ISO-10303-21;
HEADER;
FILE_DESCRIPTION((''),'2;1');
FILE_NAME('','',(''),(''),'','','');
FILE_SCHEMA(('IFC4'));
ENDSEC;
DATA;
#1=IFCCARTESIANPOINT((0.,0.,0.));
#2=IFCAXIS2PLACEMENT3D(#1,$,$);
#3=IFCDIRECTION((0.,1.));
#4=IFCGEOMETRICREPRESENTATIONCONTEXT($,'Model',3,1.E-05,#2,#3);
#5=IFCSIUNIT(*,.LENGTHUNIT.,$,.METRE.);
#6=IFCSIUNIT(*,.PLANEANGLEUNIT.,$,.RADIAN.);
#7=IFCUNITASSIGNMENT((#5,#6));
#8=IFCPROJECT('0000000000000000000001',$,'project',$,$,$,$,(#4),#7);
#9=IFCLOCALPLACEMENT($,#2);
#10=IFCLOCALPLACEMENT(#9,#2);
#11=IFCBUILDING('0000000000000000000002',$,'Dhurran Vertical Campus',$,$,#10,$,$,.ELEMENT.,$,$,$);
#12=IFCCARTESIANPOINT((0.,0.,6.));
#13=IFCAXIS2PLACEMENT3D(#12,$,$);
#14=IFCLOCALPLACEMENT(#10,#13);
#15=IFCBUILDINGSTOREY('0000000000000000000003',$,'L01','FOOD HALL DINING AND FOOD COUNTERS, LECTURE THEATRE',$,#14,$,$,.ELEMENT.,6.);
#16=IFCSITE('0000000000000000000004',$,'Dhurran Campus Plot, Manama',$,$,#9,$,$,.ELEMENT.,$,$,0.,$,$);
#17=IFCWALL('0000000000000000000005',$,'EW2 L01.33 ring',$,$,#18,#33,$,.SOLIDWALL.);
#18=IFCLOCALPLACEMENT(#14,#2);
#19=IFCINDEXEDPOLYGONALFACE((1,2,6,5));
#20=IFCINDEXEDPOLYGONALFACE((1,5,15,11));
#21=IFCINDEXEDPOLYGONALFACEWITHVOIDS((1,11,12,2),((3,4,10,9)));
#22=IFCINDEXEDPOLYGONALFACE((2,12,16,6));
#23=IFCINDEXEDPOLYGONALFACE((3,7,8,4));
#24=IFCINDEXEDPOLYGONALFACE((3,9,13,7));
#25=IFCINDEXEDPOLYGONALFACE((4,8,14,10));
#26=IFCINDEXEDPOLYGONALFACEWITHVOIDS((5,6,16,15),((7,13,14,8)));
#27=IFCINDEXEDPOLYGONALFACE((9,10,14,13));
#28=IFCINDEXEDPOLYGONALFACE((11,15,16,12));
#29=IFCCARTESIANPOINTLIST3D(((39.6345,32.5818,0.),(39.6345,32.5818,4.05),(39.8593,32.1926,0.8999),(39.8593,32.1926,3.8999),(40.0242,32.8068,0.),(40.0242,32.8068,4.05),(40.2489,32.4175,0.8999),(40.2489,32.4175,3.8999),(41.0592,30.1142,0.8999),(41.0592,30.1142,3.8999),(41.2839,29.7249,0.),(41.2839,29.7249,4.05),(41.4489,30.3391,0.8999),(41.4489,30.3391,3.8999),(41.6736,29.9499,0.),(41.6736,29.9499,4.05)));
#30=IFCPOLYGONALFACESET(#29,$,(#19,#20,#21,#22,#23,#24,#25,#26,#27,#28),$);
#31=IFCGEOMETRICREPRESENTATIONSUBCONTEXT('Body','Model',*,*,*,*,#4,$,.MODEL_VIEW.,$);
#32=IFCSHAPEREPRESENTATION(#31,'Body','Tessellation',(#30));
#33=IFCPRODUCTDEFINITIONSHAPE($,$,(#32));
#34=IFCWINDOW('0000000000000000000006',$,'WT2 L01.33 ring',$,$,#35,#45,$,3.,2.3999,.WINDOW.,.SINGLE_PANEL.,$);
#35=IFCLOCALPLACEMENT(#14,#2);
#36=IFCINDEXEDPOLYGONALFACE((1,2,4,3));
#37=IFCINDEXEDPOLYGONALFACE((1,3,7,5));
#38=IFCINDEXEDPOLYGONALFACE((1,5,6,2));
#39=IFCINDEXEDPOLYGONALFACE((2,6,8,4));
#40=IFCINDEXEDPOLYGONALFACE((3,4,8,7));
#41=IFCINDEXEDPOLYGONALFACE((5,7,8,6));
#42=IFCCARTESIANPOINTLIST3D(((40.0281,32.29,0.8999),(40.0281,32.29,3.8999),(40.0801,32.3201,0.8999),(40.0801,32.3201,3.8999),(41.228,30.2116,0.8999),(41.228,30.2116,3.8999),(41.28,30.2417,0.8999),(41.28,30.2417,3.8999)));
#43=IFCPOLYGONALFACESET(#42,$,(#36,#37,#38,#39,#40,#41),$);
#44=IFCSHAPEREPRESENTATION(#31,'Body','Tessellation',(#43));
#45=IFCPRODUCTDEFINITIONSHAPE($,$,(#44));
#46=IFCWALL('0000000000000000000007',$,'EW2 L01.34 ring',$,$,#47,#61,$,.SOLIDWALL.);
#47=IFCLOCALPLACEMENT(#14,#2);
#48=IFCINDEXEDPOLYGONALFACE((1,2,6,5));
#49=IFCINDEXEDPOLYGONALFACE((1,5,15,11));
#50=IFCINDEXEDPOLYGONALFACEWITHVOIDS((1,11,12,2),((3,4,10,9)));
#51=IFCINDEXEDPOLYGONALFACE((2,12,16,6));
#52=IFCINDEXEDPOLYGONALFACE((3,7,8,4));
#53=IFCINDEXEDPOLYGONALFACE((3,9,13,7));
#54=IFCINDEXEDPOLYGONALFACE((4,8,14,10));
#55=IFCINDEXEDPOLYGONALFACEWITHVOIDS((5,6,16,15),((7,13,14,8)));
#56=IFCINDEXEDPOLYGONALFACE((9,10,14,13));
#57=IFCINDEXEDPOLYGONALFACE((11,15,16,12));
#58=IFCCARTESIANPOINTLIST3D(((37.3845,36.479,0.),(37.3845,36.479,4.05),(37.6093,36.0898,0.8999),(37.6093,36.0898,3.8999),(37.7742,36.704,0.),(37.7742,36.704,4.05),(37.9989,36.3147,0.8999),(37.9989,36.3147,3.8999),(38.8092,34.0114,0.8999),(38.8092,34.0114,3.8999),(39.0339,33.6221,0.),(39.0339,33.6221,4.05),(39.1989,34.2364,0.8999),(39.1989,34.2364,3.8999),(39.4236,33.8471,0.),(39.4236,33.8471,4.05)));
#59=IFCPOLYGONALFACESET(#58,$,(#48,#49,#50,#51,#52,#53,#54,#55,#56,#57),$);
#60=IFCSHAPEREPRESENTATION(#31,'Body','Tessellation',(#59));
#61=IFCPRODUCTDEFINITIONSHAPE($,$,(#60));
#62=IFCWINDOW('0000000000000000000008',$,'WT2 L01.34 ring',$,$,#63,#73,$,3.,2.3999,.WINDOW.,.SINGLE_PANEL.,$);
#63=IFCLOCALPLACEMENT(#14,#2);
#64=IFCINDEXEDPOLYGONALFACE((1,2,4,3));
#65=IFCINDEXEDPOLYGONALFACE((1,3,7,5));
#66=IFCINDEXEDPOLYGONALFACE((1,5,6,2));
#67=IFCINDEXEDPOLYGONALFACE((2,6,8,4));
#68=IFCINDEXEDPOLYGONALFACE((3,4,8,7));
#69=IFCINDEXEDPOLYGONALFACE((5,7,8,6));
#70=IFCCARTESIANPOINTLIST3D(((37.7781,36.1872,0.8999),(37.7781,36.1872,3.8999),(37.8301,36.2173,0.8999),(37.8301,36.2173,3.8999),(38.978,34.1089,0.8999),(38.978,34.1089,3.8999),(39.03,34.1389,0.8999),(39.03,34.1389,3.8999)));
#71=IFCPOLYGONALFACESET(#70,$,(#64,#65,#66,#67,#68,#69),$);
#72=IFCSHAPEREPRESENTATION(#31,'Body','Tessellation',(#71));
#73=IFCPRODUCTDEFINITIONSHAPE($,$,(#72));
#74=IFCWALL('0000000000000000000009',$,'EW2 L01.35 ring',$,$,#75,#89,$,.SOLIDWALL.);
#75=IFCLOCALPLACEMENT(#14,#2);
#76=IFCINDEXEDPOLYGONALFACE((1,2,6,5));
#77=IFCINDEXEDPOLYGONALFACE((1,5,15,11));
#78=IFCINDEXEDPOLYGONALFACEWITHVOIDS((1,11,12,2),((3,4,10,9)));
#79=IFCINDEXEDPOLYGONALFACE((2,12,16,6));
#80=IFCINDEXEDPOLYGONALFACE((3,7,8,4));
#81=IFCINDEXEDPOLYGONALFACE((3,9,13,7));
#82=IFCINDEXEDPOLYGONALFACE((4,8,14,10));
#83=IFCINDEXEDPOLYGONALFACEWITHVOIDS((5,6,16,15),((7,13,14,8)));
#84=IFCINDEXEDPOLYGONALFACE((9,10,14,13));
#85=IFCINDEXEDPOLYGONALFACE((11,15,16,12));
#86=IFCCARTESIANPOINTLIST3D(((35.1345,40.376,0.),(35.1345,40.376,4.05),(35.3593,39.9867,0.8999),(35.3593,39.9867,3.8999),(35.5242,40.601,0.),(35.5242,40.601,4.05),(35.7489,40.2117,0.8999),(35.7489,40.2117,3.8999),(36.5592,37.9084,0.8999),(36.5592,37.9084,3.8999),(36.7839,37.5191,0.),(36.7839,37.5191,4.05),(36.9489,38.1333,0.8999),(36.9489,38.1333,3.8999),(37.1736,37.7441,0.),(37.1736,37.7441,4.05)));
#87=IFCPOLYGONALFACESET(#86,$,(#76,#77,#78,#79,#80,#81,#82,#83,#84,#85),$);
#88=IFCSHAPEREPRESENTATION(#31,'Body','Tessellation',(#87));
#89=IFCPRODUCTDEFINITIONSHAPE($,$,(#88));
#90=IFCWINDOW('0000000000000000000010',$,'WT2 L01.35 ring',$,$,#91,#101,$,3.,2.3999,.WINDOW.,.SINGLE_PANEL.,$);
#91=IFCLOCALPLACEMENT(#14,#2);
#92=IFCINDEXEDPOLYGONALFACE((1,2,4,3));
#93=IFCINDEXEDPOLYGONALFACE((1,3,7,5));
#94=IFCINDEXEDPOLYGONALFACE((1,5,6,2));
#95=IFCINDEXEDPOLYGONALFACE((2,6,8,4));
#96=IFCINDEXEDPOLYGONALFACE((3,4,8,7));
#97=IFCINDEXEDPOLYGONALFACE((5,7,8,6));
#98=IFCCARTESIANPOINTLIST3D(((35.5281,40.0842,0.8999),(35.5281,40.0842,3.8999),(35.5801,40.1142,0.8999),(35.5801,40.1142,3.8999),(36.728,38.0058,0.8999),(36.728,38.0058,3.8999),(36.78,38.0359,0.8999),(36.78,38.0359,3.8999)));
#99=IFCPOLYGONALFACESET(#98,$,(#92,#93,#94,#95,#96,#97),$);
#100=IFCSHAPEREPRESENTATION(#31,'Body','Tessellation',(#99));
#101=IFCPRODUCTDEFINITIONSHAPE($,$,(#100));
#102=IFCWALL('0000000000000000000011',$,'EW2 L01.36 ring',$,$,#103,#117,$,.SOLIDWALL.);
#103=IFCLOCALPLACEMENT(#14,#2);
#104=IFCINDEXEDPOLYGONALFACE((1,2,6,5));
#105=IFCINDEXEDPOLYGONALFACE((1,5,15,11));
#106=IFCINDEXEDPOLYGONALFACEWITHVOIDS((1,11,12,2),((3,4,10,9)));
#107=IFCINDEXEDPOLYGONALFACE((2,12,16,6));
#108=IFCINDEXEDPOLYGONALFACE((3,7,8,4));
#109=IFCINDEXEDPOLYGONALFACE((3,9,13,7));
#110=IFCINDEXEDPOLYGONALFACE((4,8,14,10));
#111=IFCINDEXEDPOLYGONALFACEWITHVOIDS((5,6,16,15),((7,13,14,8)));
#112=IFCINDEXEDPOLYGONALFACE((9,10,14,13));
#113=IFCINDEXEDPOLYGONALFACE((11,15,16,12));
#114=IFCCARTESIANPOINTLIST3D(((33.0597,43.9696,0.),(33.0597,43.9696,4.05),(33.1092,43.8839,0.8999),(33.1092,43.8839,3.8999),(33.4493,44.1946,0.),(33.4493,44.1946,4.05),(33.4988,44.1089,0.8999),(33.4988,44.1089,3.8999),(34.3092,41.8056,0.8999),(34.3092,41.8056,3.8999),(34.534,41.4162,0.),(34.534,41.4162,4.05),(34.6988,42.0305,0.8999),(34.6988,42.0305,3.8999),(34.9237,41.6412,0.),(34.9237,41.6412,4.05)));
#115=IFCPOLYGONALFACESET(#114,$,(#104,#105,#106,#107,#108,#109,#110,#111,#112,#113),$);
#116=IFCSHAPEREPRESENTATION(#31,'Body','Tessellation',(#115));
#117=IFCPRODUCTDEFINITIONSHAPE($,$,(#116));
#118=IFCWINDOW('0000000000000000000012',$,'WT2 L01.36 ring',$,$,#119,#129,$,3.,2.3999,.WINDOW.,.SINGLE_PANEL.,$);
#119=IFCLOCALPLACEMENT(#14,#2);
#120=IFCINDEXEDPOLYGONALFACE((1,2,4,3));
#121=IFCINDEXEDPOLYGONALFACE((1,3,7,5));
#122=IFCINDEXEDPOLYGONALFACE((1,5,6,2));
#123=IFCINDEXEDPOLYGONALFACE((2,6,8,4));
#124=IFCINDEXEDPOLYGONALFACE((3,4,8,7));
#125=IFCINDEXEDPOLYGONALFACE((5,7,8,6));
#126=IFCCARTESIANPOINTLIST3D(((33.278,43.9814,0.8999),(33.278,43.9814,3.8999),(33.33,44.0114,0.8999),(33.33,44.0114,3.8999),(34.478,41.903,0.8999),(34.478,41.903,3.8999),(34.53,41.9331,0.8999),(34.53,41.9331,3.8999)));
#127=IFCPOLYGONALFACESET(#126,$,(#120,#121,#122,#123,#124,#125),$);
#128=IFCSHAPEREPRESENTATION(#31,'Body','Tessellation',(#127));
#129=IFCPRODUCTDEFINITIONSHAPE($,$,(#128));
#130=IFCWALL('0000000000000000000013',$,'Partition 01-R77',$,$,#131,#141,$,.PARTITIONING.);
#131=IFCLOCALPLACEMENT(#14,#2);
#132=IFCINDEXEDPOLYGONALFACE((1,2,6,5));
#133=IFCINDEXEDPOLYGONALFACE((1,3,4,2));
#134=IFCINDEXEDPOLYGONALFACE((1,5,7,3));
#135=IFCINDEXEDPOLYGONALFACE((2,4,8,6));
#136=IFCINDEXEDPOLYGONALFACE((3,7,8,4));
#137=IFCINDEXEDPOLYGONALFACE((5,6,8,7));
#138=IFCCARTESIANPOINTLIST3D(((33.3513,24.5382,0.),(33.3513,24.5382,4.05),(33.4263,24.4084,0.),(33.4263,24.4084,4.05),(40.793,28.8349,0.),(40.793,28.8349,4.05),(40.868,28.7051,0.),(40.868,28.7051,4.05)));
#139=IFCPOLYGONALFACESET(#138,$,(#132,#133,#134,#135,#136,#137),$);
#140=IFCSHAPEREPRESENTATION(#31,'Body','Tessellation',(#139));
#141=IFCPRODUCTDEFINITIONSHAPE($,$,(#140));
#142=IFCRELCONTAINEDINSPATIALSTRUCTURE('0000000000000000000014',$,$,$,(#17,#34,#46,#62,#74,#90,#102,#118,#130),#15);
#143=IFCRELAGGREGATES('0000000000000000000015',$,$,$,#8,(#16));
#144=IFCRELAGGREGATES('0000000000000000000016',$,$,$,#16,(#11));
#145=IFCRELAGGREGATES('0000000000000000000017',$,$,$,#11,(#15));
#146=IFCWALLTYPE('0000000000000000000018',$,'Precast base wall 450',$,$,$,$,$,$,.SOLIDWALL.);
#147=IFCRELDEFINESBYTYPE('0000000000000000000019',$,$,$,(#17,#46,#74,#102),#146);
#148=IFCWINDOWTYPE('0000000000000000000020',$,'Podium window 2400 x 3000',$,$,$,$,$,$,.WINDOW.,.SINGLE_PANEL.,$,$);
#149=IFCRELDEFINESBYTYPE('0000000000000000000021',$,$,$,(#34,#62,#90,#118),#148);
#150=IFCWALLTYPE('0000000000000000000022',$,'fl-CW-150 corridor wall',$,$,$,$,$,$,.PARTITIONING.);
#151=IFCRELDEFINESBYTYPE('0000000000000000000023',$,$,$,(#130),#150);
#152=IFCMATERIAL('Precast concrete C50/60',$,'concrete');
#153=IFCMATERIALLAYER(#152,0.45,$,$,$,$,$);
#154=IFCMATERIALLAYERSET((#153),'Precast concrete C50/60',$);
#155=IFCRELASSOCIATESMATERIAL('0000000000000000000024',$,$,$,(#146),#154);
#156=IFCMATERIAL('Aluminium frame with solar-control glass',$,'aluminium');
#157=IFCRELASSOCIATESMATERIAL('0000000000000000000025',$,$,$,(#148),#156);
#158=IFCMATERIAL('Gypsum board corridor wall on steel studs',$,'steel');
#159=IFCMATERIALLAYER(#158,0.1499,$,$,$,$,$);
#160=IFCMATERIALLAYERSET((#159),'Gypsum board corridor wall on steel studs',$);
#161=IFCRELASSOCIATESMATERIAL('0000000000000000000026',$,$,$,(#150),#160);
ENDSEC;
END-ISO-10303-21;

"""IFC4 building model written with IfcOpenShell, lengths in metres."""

from ifc_helpers import new_model, si_unit, direction, frame, frame_2d, origin, place, context, subcontext, project, spatial, rectangle, extrude, material, layer, layer_set, type_object, element, fill, save


model = new_model("IFC4")

# Units and contexts
model_context = context("Model", 3, precision=1e-05, world=origin(), true_north=direction((0.0, 1.0)))
body_context = subcontext(model_context, "Body", "Model", "MODEL_VIEW")
ifc_project = project(units=[si_unit("LENGTHUNIT", "METRE"), si_unit("PLANEANGLEUNIT", "RADIAN")], contexts=[model_context])

# Site, building, storey
site_placement = place(None, origin())
site = spatial("IfcSite", under=ifc_project, at=site_placement, Name="Dhurran Campus Plot, Manama", CompositionType="ELEMENT", RefElevation=0.0)
building_placement = place(site_placement, origin())
building = spatial("IfcBuilding", under=site, at=building_placement, Name="Dhurran Vertical Campus", CompositionType="ELEMENT")
storey_placement = place(building_placement, frame((0.0, 0.0, 6.0)))
storey = spatial("IfcBuildingStorey", under=building, at=storey_placement, Name="L01", Description="FOOD HALL DINING AND FOOD COUNTERS, LECTURE THEATRE", CompositionType="ELEMENT", Elevation=6.0)

# Walls, openings, windows
ifc_material_1 = material(Name="Precast concrete C50/60", Category="concrete")
ifc_layer_1 = layer(ifc_material_1, 0.45)
ifc_layer_set_1 = layer_set([ifc_layer_1], Name="Precast concrete C50/60")
wall_type_1 = type_object("IfcWallType", Name="Precast base wall 450", PredefinedType="SOLIDWALL", material=ifc_layer_set_1)
ifc_material_2 = material(Name="Aluminium frame with solar-control glass", Category="aluminium")
window_type = type_object("IfcWindowType", Name="Podium window 2400 x 3000", PartitioningType="SINGLE_PANEL", PredefinedType="WINDOW", material=ifc_material_2)
wall_1_placement = place(storey_placement, frame((41.4788, 29.8374, 0.0), z_axis=(0.0, 0.0, 1.0), x_axis=(-0.499992, 0.86603, 0.0)))
wall_1 = element("IfcWall", 1, at=wall_1_placement, inside=storey, type_object=wall_type_1, Name="EW2 L01.33 ring", PredefinedType="SOLIDWALL", context=body_context, shape_type="SweptSolid", body=[
    extrude(rectangle(XDim=3.2988, YDim=0.45, at=frame_2d((1.6494, 0.0))), origin(), (0.0, 0.0, 1.0), 4.05),
])
opening_1_placement = place(wall_1_placement, frame((0.4495, 0.0, 0.8999)))
opening_1 = element("IfcOpeningElement", 2, at=opening_1_placement, cuts=wall_1, PredefinedType="OPENING", context=body_context, shape_type="SweptSolid", body=[
    extrude(rectangle(XDim=2.3999, YDim=3.0, at=frame_2d((1.2, 1.5))), frame((0.0, 0.2349, 0.0), z_axis=(0.0, -1.0, 0.0), x_axis=(1.0, 0.0, 0.0)), (0.0, 0.0, 1.0), 0.47),
])
window_1_placement = place(opening_1_placement, origin())
window_1 = element("IfcWindow", 3, at=window_1_placement, inside=storey, type_object=window_type, Name="WT2 L01.33 ring", OverallHeight=3.0, OverallWidth=2.3999, PartitioningType="SINGLE_PANEL", PredefinedType="WINDOW", context=body_context, shape_type="SweptSolid", body=[
    extrude(rectangle(XDim=2.3999, YDim=3.0, at=frame_2d((1.2, 1.5))), frame((0.0, 0.03, 0.0), z_axis=(0.0, -1.0, 0.0), x_axis=(1.0, 0.0, 0.0)), (0.0, 0.0, 1.0), 0.0601),
])
fill(opening_1, window_1)
wall_2_placement = place(storey_placement, frame((39.2288, 33.7346, 0.0), z_axis=(0.0, 0.0, 1.0), x_axis=(-0.499992, 0.86603, 0.0)))
wall_2 = element("IfcWall", 4, at=wall_2_placement, inside=storey, type_object=wall_type_1, Name="EW2 L01.34 ring", PredefinedType="SOLIDWALL", context=body_context, shape_type="SweptSolid", body=[
    extrude(rectangle(XDim=3.2988, YDim=0.45, at=frame_2d((1.6494, 0.0))), origin(), (0.0, 0.0, 1.0), 4.05),
])
opening_2_placement = place(wall_2_placement, frame((0.4495, 0.0, 0.8999)))
opening_2 = element("IfcOpeningElement", 5, at=opening_2_placement, cuts=wall_2, PredefinedType="OPENING", context=body_context, shape_type="SweptSolid", body=[
    extrude(rectangle(XDim=2.3999, YDim=3.0, at=frame_2d((1.2, 1.5))), frame((0.0, 0.2349, 0.0), z_axis=(0.0, -1.0, 0.0), x_axis=(1.0, 0.0, 0.0)), (0.0, 0.0, 1.0), 0.47),
])
window_2_placement = place(opening_2_placement, origin())
window_2 = element("IfcWindow", 6, at=window_2_placement, inside=storey, type_object=window_type, Name="WT2 L01.34 ring", OverallHeight=3.0, OverallWidth=2.3999, PartitioningType="SINGLE_PANEL", PredefinedType="WINDOW", context=body_context, shape_type="SweptSolid", body=[
    extrude(rectangle(XDim=2.3999, YDim=3.0, at=frame_2d((1.2, 1.5))), frame((0.0, 0.03, 0.0), z_axis=(0.0, -1.0, 0.0), x_axis=(1.0, 0.0, 0.0)), (0.0, 0.0, 1.0), 0.0601),
])
fill(opening_2, window_2)
wall_3_placement = place(storey_placement, frame((36.9788, 37.6316, 0.0), z_axis=(0.0, 0.0, 1.0), x_axis=(-0.499992, 0.86603, 0.0)))
wall_3 = element("IfcWall", 7, at=wall_3_placement, inside=storey, type_object=wall_type_1, Name="EW2 L01.35 ring", PredefinedType="SOLIDWALL", context=body_context, shape_type="SweptSolid", body=[
    extrude(rectangle(XDim=3.2988, YDim=0.45, at=frame_2d((1.6494, 0.0))), origin(), (0.0, 0.0, 1.0), 4.05),
])
opening_3_placement = place(wall_3_placement, frame((0.4495, 0.0, 0.8999)))
opening_3 = element("IfcOpeningElement", 8, at=opening_3_placement, cuts=wall_3, PredefinedType="OPENING", context=body_context, shape_type="SweptSolid", body=[
    extrude(rectangle(XDim=2.3999, YDim=3.0, at=frame_2d((1.2, 1.5))), frame((0.0, 0.2349, 0.0), z_axis=(0.0, -1.0, 0.0), x_axis=(1.0, 0.0, 0.0)), (0.0, 0.0, 1.0), 0.47),
])
window_3_placement = place(opening_3_placement, origin())
window_3 = element("IfcWindow", 9, at=window_3_placement, inside=storey, type_object=window_type, Name="WT2 L01.35 ring", OverallHeight=3.0, OverallWidth=2.3999, PartitioningType="SINGLE_PANEL", PredefinedType="WINDOW", context=body_context, shape_type="SweptSolid", body=[
    extrude(rectangle(XDim=2.3999, YDim=3.0, at=frame_2d((1.2, 1.5))), frame((0.0, 0.03, 0.0), z_axis=(0.0, -1.0, 0.0), x_axis=(1.0, 0.0, 0.0)), (0.0, 0.0, 1.0), 0.0601),
])
fill(opening_3, window_3)
wall_4_placement = place(storey_placement, frame((34.7288, 41.5288, 0.0), z_axis=(0.0, 0.0, 1.0), x_axis=(-0.500031, 0.866008, 0.0)))
wall_4 = element("IfcWall", 10, at=wall_4_placement, inside=storey, type_object=wall_type_1, Name="EW2 L01.36 ring", PredefinedType="SOLIDWALL", context=body_context, shape_type="SweptSolid", body=[
    extrude(rectangle(XDim=2.9485, YDim=0.45, at=frame_2d((1.4741, 0.0))), origin(), (0.0, 0.0, 1.0), 4.05),
])
opening_4_placement = place(wall_4_placement, frame((0.4495, 0.0, 0.8999)))
opening_4 = element("IfcOpeningElement", 11, at=opening_4_placement, cuts=wall_4, PredefinedType="OPENING", context=body_context, shape_type="SweptSolid", body=[
    extrude(rectangle(XDim=2.3999, YDim=3.0, at=frame_2d((1.2, 1.5))), frame((0.0, 0.2349, 0.0), z_axis=(0.0, -1.0, 0.0), x_axis=(1.0, 0.0, 0.0)), (0.0, 0.0, 1.0), 0.47),
])
window_4_placement = place(opening_4_placement, origin())
window_4 = element("IfcWindow", 12, at=window_4_placement, inside=storey, type_object=window_type, Name="WT2 L01.36 ring", OverallHeight=3.0, OverallWidth=2.3999, PartitioningType="SINGLE_PANEL", PredefinedType="WINDOW", context=body_context, shape_type="SweptSolid", body=[
    extrude(rectangle(XDim=2.3999, YDim=3.0, at=frame_2d((1.2, 1.5))), frame((0.0, 0.03, 0.0), z_axis=(0.0, -1.0, 0.0), x_axis=(1.0, 0.0, 0.0)), (0.0, 0.0, 1.0), 0.0601),
])
fill(opening_4, window_4)

# Wall
ifc_material_3 = material(Name="Gypsum board corridor wall on steel studs", Category="steel")
ifc_layer_2 = layer(ifc_material_3, 0.1499)
ifc_layer_set_2 = layer_set([ifc_layer_2], Name="Gypsum board corridor wall on steel studs")
wall_type_2 = type_object("IfcWallType", Name="fl-CW-150 corridor wall", PredefinedType="PARTITIONING", material=ifc_layer_set_2)
wall_5_placement = place(storey_placement, frame((33.3889, 24.4734, 0.0), z_axis=(0.0, 0.0, 1.0), x_axis=(0.866016, 0.500017, 0.0)))
element("IfcWall", 13, at=wall_5_placement, inside=storey, type_object=wall_type_2, Name="Partition 01-R77", PredefinedType="PARTITIONING", context=body_context, shape_type="SweptSolid", body=[
    extrude(rectangle(XDim=8.593, YDim=0.1499, at=frame_2d((4.2964, 0.0))), origin(), (0.0, 0.0, 1.0), 4.05),
])

save(model, "model.ifc")
